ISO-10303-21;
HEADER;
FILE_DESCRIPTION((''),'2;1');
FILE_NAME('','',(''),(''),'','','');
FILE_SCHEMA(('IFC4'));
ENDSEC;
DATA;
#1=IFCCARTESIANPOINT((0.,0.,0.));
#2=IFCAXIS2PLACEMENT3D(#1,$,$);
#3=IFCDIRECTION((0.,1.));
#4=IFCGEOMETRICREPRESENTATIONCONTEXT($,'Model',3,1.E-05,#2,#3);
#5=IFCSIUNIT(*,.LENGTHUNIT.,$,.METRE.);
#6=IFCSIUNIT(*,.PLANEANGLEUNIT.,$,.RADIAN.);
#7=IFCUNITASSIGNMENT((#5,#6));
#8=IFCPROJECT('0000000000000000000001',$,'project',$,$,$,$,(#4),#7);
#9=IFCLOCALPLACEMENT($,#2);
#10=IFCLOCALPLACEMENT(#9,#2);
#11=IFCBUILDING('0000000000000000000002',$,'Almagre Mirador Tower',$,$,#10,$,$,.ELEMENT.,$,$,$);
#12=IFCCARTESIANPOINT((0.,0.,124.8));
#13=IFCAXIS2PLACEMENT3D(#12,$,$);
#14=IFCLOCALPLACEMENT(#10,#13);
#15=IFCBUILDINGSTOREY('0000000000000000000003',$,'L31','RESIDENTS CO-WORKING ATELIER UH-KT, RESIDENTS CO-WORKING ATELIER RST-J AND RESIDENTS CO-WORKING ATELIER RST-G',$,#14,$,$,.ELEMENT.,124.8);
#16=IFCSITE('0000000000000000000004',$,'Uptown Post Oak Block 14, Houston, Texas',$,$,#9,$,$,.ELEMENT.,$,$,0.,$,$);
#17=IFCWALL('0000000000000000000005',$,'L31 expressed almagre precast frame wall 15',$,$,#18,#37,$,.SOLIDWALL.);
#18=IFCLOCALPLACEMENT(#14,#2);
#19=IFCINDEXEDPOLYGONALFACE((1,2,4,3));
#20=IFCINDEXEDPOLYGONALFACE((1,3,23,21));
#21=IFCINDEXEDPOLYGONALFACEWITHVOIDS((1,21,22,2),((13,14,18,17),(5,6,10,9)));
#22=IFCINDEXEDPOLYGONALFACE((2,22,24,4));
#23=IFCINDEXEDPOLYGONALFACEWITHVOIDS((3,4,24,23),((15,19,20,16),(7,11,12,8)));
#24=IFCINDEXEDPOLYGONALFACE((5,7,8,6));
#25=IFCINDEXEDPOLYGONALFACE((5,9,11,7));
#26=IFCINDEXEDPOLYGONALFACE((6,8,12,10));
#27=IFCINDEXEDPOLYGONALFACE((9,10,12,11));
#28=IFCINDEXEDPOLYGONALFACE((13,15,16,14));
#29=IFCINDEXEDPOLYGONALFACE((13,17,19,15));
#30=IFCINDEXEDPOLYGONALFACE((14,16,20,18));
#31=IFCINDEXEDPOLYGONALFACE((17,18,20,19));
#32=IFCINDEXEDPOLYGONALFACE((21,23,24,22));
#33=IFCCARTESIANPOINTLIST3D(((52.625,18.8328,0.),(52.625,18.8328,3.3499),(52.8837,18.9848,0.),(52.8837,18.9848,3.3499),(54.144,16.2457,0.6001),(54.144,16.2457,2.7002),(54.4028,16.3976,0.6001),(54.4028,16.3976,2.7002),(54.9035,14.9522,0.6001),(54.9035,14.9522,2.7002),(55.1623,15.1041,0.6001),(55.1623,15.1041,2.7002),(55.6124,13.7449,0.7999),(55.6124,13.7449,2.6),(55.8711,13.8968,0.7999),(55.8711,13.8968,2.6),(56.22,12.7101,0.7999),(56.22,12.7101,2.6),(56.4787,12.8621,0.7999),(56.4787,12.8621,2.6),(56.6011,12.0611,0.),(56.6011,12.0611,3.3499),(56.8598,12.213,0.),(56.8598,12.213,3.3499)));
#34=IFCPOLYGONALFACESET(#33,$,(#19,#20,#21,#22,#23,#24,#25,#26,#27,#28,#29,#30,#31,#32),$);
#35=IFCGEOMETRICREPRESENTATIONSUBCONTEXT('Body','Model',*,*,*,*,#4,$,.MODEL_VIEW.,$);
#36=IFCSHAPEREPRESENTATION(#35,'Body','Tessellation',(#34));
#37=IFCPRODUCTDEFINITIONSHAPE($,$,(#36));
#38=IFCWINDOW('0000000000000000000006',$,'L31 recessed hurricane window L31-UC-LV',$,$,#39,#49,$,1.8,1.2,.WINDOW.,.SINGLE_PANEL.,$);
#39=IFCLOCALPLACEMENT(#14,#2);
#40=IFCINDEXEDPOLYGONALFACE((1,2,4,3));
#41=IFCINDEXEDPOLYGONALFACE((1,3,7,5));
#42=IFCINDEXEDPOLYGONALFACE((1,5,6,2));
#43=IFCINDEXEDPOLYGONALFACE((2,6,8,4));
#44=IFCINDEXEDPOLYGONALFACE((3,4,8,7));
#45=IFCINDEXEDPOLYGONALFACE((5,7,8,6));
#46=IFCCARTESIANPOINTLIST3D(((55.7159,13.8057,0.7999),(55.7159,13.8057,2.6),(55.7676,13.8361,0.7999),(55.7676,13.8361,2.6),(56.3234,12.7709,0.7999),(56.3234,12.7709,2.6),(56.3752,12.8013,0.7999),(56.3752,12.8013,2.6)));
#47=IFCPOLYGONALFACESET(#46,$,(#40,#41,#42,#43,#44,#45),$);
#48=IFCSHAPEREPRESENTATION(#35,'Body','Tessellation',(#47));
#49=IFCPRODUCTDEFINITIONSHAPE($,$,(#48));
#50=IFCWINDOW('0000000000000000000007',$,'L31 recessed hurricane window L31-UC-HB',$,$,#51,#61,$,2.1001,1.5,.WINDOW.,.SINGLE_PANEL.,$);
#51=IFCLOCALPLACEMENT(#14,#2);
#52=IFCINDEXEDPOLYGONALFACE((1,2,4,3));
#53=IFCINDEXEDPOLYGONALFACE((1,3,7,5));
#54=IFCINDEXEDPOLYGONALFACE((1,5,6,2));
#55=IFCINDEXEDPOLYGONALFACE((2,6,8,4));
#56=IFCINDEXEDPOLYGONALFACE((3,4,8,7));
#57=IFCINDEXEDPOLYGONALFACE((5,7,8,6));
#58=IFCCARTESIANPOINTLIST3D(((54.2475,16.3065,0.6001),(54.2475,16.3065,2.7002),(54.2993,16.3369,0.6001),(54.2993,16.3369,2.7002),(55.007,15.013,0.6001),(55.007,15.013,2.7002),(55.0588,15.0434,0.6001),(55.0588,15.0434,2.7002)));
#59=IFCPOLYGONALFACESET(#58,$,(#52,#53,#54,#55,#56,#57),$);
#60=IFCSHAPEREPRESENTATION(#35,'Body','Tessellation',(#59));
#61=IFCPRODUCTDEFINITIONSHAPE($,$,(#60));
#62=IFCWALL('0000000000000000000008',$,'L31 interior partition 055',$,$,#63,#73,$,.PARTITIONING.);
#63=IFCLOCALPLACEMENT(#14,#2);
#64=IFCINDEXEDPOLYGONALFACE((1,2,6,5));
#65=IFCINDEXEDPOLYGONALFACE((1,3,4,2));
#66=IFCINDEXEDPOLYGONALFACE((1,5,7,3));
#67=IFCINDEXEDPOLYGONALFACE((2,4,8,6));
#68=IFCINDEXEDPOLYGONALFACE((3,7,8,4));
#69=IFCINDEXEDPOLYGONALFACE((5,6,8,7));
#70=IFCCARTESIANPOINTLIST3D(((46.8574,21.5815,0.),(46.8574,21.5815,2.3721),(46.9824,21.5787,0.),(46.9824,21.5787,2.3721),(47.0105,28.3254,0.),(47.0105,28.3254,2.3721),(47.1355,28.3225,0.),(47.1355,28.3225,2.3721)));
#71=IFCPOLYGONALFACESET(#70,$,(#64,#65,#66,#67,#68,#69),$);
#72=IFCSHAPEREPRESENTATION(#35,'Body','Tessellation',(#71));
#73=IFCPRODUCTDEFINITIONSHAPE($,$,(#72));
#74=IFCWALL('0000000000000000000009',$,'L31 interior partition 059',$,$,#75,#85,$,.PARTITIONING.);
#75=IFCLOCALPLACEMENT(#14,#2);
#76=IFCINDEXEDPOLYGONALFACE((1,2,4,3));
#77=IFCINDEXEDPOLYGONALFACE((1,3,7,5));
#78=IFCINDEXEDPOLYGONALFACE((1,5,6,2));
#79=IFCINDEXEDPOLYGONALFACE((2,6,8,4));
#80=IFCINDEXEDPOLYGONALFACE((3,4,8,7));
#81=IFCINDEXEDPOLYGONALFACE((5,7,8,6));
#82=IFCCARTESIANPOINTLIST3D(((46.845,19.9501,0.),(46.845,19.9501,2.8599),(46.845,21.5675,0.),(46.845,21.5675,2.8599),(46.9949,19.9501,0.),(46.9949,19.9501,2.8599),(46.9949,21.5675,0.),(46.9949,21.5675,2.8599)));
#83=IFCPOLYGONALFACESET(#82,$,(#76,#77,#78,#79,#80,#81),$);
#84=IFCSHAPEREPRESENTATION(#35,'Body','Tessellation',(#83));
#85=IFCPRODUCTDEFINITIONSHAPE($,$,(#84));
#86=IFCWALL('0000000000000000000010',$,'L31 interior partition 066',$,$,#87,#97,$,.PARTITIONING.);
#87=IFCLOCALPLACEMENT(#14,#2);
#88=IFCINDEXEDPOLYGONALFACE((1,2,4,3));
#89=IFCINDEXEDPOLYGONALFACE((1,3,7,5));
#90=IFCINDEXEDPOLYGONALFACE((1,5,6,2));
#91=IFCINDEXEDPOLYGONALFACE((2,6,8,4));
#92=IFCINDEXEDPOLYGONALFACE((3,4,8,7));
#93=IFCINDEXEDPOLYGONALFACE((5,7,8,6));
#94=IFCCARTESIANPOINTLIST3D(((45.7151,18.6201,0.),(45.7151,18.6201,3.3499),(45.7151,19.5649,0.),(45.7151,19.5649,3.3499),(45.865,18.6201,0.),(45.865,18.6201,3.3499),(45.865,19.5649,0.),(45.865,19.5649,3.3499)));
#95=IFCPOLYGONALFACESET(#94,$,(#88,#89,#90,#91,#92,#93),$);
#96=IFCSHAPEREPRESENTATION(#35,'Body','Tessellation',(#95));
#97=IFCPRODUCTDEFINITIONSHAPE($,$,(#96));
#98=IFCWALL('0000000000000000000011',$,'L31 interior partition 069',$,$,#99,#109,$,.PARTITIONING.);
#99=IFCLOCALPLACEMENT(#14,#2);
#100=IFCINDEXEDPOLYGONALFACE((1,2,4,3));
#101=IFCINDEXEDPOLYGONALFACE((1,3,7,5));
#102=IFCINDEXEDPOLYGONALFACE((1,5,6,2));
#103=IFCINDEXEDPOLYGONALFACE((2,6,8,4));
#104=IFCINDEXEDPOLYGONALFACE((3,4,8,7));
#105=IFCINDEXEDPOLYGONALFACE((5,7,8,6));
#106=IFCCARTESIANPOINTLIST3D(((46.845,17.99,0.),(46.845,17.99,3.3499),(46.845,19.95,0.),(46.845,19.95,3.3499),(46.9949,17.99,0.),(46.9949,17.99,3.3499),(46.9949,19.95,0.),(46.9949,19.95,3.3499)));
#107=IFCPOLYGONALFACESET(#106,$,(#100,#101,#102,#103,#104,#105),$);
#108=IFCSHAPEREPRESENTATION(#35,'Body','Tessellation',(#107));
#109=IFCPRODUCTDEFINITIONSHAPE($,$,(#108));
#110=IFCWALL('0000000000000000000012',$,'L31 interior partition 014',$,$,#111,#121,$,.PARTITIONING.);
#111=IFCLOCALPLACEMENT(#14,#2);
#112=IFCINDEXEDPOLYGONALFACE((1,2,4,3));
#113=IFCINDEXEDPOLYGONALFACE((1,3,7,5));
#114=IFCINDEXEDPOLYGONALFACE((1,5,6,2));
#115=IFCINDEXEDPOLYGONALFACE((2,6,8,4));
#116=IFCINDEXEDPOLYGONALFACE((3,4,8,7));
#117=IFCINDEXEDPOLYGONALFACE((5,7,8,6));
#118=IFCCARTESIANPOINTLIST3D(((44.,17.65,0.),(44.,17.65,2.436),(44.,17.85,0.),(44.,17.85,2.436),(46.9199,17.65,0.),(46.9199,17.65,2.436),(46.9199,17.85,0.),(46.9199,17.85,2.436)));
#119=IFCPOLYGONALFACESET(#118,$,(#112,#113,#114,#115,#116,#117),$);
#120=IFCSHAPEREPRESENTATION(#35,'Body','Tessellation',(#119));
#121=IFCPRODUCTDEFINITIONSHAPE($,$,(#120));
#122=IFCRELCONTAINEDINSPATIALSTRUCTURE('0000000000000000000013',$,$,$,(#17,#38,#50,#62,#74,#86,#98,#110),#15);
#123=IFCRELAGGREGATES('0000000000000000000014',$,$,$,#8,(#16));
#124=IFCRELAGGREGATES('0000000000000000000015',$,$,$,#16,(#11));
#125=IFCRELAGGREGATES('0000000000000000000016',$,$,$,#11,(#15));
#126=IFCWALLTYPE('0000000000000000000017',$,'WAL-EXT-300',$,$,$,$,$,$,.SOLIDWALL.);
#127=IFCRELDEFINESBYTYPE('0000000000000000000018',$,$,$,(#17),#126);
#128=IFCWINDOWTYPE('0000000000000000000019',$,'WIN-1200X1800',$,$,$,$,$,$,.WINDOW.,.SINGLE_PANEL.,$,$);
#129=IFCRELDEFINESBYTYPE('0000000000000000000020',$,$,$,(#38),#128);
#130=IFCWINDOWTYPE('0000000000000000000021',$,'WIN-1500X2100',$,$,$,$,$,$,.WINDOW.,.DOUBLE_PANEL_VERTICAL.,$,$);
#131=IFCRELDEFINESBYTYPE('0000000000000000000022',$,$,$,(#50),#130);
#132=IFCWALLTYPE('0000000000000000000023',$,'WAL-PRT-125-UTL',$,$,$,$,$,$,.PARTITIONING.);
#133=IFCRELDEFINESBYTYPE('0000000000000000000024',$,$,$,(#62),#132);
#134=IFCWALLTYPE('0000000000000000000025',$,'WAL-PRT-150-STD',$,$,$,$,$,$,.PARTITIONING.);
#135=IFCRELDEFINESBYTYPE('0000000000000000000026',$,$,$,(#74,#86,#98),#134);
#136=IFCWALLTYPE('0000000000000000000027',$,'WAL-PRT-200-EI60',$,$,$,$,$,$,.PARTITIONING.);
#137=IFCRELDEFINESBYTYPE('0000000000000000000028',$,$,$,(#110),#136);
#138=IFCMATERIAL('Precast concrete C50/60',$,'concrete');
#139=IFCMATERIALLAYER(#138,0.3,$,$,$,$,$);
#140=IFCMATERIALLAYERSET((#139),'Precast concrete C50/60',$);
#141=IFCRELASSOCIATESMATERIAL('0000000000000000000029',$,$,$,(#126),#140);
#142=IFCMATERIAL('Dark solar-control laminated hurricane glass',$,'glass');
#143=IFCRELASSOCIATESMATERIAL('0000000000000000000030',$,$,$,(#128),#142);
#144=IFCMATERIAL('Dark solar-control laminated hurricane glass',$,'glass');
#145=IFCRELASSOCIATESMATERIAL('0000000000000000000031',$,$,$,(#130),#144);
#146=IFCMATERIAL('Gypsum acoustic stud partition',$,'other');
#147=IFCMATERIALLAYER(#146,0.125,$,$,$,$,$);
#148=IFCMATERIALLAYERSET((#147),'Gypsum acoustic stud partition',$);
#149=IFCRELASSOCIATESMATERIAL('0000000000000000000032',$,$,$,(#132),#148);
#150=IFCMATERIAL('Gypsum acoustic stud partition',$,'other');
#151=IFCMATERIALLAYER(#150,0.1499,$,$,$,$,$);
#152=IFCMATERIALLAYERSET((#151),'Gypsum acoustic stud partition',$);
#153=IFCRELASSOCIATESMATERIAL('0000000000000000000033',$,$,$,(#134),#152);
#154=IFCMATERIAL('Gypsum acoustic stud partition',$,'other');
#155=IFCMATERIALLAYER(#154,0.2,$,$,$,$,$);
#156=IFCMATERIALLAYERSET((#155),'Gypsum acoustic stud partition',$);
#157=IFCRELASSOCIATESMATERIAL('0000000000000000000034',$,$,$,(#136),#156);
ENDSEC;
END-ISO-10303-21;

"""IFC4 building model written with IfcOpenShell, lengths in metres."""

from ifc_helpers import new_model, si_unit, direction, frame, frame_2d, origin, place, context, subcontext, project, spatial, rectangle, extrude, material, layer, layer_set, type_object, element, fill, save


model = new_model("IFC4")

# Units and contexts
model_context = context("Model", 3, precision=1e-05, world=origin(), true_north=direction((0.0, 1.0)))
body_context = subcontext(model_context, "Body", "Model", "MODEL_VIEW")
ifc_project = project(units=[si_unit("LENGTHUNIT", "METRE"), si_unit("PLANEANGLEUNIT", "RADIAN")], contexts=[model_context])

# Site, building, storey
site_placement = place(None, origin())
site = spatial("IfcSite", under=ifc_project, at=site_placement, Name="Uptown Post Oak Block 14, Houston, Texas", CompositionType="ELEMENT", RefElevation=0.0)
building_placement = place(site_placement, origin())
building = spatial("IfcBuilding", under=site, at=building_placement, Name="Almagre Mirador Tower", CompositionType="ELEMENT")
storey_placement = place(building_placement, frame((0.0, 0.0, 124.8)))
storey = spatial("IfcBuildingStorey", under=building, at=storey_placement, Name="L31", Description="RESIDENTS CO-WORKING ATELIER UH-KT, RESIDENTS CO-WORKING ATELIER RST-J AND RESIDENTS CO-WORKING ATELIER RST-G", CompositionType="ELEMENT", Elevation=124.8)

# Shared definitions
ifc_material_1 = material(Name="Precast concrete C50/60", Category="concrete")
ifc_layer_1 = layer(ifc_material_1, 0.3)
ifc_layer_set_1 = layer_set([ifc_layer_1], Name="Precast concrete C50/60")
wall_type_1 = type_object("IfcWallType", Name="WAL-EXT-300", PredefinedType="SOLIDWALL", material=ifc_layer_set_1)

# Wall, openings, windows
wall_1_placement = place(storey_placement, frame((52.7544, 18.9087, 0.0), z_axis=(0.0, 0.0, 1.0), x_axis=(0.50633, -0.86234, 0.0)))
wall_1 = element("IfcWall", 1, at=wall_1_placement, inside=storey, type_object=wall_type_1, Name="L31 expressed almagre precast frame wall 15", PredefinedType="SOLIDWALL", context=body_context, shape_type="SweptSolid", body=[
    extrude(rectangle(XDim=7.8528, YDim=0.3, at=frame_2d((3.9263, 0.0))), origin(), (0.0, 0.0, 1.0), 3.3499),
])
opening_1_placement = place(wall_1_placement, frame((5.8999, 0.0, 0.8)))
opening_1 = element("IfcOpeningElement", 2, at=opening_1_placement, cuts=wall_1, PredefinedType="OPENING", context=body_context, shape_type="SweptSolid", body=[
    extrude(rectangle(XDim=1.2, YDim=1.8, at=frame_2d((0.6001, 0.8999))), frame((0.0, 0.1599, 0.0), z_axis=(0.0, -1.0, 0.0), x_axis=(1.0, 0.0, 0.0)), (0.0, 0.0, 1.0), 0.32),
])
opening_2_placement = place(wall_1_placement, frame((3.0, 0.0, 0.6001)))
opening_2 = element("IfcOpeningElement", 3, at=opening_2_placement, cuts=wall_1, PredefinedType="OPENING", context=body_context, shape_type="SweptSolid", body=[
    extrude(rectangle(XDim=1.5, YDim=2.1001, at=frame_2d((0.75, 1.05))), frame((0.0, 0.1599, 0.0), z_axis=(0.0, -1.0, 0.0), x_axis=(1.0, 0.0, 0.0)), (0.0, 0.0, 1.0), 0.32),
])
ifc_material_2 = material(Name="Dark solar-control laminated hurricane glass", Category="glass")
window_type_1 = type_object("IfcWindowType", Name="WIN-1200X1800", PartitioningType="SINGLE_PANEL", PredefinedType="WINDOW", material=ifc_material_2)
window_1_placement = place(opening_1_placement, origin())
window_1 = element("IfcWindow", 4, at=window_1_placement, inside=storey, type_object=window_type_1, Name="L31 recessed hurricane window L31-UC-LV", OverallHeight=1.8, OverallWidth=1.2, PartitioningType="SINGLE_PANEL", PredefinedType="WINDOW", context=body_context, shape_type="SweptSolid", body=[
    extrude(rectangle(XDim=1.2, YDim=1.8, at=frame_2d((0.6001, 0.8999))), frame((0.0, 0.03, 0.0), z_axis=(0.0, -1.0, 0.0), x_axis=(1.0, 0.0, 0.0)), (0.0, 0.0, 1.0), 0.0601),
])
fill(opening_1, window_1)
ifc_material_3 = material(Name="Dark solar-control laminated hurricane glass", Category="glass")
window_type_2 = type_object("IfcWindowType", Name="WIN-1500X2100", PartitioningType="DOUBLE_PANEL_VERTICAL", PredefinedType="WINDOW", material=ifc_material_3)
window_2_placement = place(opening_2_placement, origin())
window_2 = element("IfcWindow", 5, at=window_2_placement, inside=storey, type_object=window_type_2, Name="L31 recessed hurricane window L31-UC-HB", OverallHeight=2.1001, OverallWidth=1.5, PartitioningType="SINGLE_PANEL", PredefinedType="WINDOW", context=body_context, shape_type="SweptSolid", body=[
    extrude(rectangle(XDim=1.5, YDim=2.1001, at=frame_2d((0.75, 1.05))), frame((0.0, 0.03, 0.0), z_axis=(0.0, -1.0, 0.0), x_axis=(1.0, 0.0, 0.0)), (0.0, 0.0, 1.0), 0.0601),
])
fill(opening_2, window_2)

# Walls
ifc_material_4 = material(Name="Gypsum acoustic stud partition", Category="other")
ifc_layer_2 = layer(ifc_material_4, 0.125)
ifc_layer_set_2 = layer_set([ifc_layer_2], Name="Gypsum acoustic stud partition")
wall_type_2 = type_object("IfcWallType", Name="WAL-PRT-125-UTL", PredefinedType="PARTITIONING", material=ifc_layer_set_2)
wall_2_placement = place(storey_placement, frame((46.9199, 21.5801, 0.0), z_axis=(0.0, 0.0, 1.0), x_axis=(0.022693, 0.999742, 0.0)))
element("IfcWall", 6, at=wall_2_placement, inside=storey, type_object=wall_type_2, Name="L31 interior partition 055", PredefinedType="PARTITIONING", context=body_context, shape_type="SweptSolid", body=[
    extrude(rectangle(XDim=6.7456, YDim=0.125, at=frame_2d((3.3728, 0.0))), origin(), (0.0, 0.0, 1.0), 2.3721),
])
ifc_material_5 = material(Name="Gypsum acoustic stud partition", Category="other")
ifc_layer_3 = layer(ifc_material_5, 0.1499)
ifc_layer_set_3 = layer_set([ifc_layer_3], Name="Gypsum acoustic stud partition")
wall_type_3 = type_object("IfcWallType", Name="WAL-PRT-150-STD", PredefinedType="PARTITIONING", material=ifc_layer_set_3)
wall_3_placement = place(storey_placement, frame((46.9199, 21.5674, 0.0), z_axis=(0.0, 0.0, 1.0), x_axis=(0.0, -1.0, 0.0)))
element("IfcWall", 7, at=wall_3_placement, inside=storey, type_object=wall_type_3, Name="L31 interior partition 059", PredefinedType="PARTITIONING", context=body_context, shape_type="SweptSolid", body=[
    extrude(rectangle(XDim=1.6174, YDim=0.1499, at=frame_2d((0.8086, 0.0))), origin(), (0.0, 0.0, 1.0), 2.8599),
])
wall_4_placement = place(storey_placement, frame((45.79, 19.5649, 0.0), z_axis=(0.0, 0.0, 1.0), x_axis=(0.0, -1.0, 0.0)))
element("IfcWall", 8, at=wall_4_placement, inside=storey, type_object=wall_type_3, Name="L31 interior partition 066", PredefinedType="PARTITIONING", context=body_context, shape_type="SweptSolid", body=[
    extrude(rectangle(XDim=0.9448, YDim=0.1499, at=frame_2d((0.4724, 0.0))), origin(), (0.0, 0.0, 1.0), 3.3499),
])
wall_5_placement = place(storey_placement, frame((46.9199, 17.99, 0.0), z_axis=(0.0, 0.0, 1.0), x_axis=(0.0, 1.0, 0.0)))
element("IfcWall", 9, at=wall_5_placement, inside=storey, type_object=wall_type_3, Name="L31 interior partition 069", PredefinedType="PARTITIONING", context=body_context, shape_type="SweptSolid", body=[
    extrude(rectangle(XDim=1.96, YDim=0.1499, at=frame_2d((0.98, 0.0))), origin(), (0.0, 0.0, 1.0), 3.3499),
])
ifc_material_6 = material(Name="Gypsum acoustic stud partition", Category="other")
ifc_layer_4 = layer(ifc_material_6, 0.2)
ifc_layer_set_4 = layer_set([ifc_layer_4], Name="Gypsum acoustic stud partition")
wall_type_4 = type_object("IfcWallType", Name="WAL-PRT-200-EI60", PredefinedType="PARTITIONING", material=ifc_layer_set_4)
wall_6_placement = place(storey_placement, frame((46.9199, 17.75, 0.0), z_axis=(0.0, 0.0, 1.0), x_axis=(-1.0, 0.0, 0.0)))
element("IfcWall", 10, at=wall_6_placement, inside=storey, type_object=wall_type_4, Name="L31 interior partition 014", PredefinedType="PARTITIONING", context=body_context, shape_type="SweptSolid", body=[
    extrude(rectangle(XDim=2.9199, YDim=0.2, at=frame_2d((1.46, 0.0))), origin(), (0.0, 0.0, 1.0), 2.436),
])

save(model, "model.ifc")
